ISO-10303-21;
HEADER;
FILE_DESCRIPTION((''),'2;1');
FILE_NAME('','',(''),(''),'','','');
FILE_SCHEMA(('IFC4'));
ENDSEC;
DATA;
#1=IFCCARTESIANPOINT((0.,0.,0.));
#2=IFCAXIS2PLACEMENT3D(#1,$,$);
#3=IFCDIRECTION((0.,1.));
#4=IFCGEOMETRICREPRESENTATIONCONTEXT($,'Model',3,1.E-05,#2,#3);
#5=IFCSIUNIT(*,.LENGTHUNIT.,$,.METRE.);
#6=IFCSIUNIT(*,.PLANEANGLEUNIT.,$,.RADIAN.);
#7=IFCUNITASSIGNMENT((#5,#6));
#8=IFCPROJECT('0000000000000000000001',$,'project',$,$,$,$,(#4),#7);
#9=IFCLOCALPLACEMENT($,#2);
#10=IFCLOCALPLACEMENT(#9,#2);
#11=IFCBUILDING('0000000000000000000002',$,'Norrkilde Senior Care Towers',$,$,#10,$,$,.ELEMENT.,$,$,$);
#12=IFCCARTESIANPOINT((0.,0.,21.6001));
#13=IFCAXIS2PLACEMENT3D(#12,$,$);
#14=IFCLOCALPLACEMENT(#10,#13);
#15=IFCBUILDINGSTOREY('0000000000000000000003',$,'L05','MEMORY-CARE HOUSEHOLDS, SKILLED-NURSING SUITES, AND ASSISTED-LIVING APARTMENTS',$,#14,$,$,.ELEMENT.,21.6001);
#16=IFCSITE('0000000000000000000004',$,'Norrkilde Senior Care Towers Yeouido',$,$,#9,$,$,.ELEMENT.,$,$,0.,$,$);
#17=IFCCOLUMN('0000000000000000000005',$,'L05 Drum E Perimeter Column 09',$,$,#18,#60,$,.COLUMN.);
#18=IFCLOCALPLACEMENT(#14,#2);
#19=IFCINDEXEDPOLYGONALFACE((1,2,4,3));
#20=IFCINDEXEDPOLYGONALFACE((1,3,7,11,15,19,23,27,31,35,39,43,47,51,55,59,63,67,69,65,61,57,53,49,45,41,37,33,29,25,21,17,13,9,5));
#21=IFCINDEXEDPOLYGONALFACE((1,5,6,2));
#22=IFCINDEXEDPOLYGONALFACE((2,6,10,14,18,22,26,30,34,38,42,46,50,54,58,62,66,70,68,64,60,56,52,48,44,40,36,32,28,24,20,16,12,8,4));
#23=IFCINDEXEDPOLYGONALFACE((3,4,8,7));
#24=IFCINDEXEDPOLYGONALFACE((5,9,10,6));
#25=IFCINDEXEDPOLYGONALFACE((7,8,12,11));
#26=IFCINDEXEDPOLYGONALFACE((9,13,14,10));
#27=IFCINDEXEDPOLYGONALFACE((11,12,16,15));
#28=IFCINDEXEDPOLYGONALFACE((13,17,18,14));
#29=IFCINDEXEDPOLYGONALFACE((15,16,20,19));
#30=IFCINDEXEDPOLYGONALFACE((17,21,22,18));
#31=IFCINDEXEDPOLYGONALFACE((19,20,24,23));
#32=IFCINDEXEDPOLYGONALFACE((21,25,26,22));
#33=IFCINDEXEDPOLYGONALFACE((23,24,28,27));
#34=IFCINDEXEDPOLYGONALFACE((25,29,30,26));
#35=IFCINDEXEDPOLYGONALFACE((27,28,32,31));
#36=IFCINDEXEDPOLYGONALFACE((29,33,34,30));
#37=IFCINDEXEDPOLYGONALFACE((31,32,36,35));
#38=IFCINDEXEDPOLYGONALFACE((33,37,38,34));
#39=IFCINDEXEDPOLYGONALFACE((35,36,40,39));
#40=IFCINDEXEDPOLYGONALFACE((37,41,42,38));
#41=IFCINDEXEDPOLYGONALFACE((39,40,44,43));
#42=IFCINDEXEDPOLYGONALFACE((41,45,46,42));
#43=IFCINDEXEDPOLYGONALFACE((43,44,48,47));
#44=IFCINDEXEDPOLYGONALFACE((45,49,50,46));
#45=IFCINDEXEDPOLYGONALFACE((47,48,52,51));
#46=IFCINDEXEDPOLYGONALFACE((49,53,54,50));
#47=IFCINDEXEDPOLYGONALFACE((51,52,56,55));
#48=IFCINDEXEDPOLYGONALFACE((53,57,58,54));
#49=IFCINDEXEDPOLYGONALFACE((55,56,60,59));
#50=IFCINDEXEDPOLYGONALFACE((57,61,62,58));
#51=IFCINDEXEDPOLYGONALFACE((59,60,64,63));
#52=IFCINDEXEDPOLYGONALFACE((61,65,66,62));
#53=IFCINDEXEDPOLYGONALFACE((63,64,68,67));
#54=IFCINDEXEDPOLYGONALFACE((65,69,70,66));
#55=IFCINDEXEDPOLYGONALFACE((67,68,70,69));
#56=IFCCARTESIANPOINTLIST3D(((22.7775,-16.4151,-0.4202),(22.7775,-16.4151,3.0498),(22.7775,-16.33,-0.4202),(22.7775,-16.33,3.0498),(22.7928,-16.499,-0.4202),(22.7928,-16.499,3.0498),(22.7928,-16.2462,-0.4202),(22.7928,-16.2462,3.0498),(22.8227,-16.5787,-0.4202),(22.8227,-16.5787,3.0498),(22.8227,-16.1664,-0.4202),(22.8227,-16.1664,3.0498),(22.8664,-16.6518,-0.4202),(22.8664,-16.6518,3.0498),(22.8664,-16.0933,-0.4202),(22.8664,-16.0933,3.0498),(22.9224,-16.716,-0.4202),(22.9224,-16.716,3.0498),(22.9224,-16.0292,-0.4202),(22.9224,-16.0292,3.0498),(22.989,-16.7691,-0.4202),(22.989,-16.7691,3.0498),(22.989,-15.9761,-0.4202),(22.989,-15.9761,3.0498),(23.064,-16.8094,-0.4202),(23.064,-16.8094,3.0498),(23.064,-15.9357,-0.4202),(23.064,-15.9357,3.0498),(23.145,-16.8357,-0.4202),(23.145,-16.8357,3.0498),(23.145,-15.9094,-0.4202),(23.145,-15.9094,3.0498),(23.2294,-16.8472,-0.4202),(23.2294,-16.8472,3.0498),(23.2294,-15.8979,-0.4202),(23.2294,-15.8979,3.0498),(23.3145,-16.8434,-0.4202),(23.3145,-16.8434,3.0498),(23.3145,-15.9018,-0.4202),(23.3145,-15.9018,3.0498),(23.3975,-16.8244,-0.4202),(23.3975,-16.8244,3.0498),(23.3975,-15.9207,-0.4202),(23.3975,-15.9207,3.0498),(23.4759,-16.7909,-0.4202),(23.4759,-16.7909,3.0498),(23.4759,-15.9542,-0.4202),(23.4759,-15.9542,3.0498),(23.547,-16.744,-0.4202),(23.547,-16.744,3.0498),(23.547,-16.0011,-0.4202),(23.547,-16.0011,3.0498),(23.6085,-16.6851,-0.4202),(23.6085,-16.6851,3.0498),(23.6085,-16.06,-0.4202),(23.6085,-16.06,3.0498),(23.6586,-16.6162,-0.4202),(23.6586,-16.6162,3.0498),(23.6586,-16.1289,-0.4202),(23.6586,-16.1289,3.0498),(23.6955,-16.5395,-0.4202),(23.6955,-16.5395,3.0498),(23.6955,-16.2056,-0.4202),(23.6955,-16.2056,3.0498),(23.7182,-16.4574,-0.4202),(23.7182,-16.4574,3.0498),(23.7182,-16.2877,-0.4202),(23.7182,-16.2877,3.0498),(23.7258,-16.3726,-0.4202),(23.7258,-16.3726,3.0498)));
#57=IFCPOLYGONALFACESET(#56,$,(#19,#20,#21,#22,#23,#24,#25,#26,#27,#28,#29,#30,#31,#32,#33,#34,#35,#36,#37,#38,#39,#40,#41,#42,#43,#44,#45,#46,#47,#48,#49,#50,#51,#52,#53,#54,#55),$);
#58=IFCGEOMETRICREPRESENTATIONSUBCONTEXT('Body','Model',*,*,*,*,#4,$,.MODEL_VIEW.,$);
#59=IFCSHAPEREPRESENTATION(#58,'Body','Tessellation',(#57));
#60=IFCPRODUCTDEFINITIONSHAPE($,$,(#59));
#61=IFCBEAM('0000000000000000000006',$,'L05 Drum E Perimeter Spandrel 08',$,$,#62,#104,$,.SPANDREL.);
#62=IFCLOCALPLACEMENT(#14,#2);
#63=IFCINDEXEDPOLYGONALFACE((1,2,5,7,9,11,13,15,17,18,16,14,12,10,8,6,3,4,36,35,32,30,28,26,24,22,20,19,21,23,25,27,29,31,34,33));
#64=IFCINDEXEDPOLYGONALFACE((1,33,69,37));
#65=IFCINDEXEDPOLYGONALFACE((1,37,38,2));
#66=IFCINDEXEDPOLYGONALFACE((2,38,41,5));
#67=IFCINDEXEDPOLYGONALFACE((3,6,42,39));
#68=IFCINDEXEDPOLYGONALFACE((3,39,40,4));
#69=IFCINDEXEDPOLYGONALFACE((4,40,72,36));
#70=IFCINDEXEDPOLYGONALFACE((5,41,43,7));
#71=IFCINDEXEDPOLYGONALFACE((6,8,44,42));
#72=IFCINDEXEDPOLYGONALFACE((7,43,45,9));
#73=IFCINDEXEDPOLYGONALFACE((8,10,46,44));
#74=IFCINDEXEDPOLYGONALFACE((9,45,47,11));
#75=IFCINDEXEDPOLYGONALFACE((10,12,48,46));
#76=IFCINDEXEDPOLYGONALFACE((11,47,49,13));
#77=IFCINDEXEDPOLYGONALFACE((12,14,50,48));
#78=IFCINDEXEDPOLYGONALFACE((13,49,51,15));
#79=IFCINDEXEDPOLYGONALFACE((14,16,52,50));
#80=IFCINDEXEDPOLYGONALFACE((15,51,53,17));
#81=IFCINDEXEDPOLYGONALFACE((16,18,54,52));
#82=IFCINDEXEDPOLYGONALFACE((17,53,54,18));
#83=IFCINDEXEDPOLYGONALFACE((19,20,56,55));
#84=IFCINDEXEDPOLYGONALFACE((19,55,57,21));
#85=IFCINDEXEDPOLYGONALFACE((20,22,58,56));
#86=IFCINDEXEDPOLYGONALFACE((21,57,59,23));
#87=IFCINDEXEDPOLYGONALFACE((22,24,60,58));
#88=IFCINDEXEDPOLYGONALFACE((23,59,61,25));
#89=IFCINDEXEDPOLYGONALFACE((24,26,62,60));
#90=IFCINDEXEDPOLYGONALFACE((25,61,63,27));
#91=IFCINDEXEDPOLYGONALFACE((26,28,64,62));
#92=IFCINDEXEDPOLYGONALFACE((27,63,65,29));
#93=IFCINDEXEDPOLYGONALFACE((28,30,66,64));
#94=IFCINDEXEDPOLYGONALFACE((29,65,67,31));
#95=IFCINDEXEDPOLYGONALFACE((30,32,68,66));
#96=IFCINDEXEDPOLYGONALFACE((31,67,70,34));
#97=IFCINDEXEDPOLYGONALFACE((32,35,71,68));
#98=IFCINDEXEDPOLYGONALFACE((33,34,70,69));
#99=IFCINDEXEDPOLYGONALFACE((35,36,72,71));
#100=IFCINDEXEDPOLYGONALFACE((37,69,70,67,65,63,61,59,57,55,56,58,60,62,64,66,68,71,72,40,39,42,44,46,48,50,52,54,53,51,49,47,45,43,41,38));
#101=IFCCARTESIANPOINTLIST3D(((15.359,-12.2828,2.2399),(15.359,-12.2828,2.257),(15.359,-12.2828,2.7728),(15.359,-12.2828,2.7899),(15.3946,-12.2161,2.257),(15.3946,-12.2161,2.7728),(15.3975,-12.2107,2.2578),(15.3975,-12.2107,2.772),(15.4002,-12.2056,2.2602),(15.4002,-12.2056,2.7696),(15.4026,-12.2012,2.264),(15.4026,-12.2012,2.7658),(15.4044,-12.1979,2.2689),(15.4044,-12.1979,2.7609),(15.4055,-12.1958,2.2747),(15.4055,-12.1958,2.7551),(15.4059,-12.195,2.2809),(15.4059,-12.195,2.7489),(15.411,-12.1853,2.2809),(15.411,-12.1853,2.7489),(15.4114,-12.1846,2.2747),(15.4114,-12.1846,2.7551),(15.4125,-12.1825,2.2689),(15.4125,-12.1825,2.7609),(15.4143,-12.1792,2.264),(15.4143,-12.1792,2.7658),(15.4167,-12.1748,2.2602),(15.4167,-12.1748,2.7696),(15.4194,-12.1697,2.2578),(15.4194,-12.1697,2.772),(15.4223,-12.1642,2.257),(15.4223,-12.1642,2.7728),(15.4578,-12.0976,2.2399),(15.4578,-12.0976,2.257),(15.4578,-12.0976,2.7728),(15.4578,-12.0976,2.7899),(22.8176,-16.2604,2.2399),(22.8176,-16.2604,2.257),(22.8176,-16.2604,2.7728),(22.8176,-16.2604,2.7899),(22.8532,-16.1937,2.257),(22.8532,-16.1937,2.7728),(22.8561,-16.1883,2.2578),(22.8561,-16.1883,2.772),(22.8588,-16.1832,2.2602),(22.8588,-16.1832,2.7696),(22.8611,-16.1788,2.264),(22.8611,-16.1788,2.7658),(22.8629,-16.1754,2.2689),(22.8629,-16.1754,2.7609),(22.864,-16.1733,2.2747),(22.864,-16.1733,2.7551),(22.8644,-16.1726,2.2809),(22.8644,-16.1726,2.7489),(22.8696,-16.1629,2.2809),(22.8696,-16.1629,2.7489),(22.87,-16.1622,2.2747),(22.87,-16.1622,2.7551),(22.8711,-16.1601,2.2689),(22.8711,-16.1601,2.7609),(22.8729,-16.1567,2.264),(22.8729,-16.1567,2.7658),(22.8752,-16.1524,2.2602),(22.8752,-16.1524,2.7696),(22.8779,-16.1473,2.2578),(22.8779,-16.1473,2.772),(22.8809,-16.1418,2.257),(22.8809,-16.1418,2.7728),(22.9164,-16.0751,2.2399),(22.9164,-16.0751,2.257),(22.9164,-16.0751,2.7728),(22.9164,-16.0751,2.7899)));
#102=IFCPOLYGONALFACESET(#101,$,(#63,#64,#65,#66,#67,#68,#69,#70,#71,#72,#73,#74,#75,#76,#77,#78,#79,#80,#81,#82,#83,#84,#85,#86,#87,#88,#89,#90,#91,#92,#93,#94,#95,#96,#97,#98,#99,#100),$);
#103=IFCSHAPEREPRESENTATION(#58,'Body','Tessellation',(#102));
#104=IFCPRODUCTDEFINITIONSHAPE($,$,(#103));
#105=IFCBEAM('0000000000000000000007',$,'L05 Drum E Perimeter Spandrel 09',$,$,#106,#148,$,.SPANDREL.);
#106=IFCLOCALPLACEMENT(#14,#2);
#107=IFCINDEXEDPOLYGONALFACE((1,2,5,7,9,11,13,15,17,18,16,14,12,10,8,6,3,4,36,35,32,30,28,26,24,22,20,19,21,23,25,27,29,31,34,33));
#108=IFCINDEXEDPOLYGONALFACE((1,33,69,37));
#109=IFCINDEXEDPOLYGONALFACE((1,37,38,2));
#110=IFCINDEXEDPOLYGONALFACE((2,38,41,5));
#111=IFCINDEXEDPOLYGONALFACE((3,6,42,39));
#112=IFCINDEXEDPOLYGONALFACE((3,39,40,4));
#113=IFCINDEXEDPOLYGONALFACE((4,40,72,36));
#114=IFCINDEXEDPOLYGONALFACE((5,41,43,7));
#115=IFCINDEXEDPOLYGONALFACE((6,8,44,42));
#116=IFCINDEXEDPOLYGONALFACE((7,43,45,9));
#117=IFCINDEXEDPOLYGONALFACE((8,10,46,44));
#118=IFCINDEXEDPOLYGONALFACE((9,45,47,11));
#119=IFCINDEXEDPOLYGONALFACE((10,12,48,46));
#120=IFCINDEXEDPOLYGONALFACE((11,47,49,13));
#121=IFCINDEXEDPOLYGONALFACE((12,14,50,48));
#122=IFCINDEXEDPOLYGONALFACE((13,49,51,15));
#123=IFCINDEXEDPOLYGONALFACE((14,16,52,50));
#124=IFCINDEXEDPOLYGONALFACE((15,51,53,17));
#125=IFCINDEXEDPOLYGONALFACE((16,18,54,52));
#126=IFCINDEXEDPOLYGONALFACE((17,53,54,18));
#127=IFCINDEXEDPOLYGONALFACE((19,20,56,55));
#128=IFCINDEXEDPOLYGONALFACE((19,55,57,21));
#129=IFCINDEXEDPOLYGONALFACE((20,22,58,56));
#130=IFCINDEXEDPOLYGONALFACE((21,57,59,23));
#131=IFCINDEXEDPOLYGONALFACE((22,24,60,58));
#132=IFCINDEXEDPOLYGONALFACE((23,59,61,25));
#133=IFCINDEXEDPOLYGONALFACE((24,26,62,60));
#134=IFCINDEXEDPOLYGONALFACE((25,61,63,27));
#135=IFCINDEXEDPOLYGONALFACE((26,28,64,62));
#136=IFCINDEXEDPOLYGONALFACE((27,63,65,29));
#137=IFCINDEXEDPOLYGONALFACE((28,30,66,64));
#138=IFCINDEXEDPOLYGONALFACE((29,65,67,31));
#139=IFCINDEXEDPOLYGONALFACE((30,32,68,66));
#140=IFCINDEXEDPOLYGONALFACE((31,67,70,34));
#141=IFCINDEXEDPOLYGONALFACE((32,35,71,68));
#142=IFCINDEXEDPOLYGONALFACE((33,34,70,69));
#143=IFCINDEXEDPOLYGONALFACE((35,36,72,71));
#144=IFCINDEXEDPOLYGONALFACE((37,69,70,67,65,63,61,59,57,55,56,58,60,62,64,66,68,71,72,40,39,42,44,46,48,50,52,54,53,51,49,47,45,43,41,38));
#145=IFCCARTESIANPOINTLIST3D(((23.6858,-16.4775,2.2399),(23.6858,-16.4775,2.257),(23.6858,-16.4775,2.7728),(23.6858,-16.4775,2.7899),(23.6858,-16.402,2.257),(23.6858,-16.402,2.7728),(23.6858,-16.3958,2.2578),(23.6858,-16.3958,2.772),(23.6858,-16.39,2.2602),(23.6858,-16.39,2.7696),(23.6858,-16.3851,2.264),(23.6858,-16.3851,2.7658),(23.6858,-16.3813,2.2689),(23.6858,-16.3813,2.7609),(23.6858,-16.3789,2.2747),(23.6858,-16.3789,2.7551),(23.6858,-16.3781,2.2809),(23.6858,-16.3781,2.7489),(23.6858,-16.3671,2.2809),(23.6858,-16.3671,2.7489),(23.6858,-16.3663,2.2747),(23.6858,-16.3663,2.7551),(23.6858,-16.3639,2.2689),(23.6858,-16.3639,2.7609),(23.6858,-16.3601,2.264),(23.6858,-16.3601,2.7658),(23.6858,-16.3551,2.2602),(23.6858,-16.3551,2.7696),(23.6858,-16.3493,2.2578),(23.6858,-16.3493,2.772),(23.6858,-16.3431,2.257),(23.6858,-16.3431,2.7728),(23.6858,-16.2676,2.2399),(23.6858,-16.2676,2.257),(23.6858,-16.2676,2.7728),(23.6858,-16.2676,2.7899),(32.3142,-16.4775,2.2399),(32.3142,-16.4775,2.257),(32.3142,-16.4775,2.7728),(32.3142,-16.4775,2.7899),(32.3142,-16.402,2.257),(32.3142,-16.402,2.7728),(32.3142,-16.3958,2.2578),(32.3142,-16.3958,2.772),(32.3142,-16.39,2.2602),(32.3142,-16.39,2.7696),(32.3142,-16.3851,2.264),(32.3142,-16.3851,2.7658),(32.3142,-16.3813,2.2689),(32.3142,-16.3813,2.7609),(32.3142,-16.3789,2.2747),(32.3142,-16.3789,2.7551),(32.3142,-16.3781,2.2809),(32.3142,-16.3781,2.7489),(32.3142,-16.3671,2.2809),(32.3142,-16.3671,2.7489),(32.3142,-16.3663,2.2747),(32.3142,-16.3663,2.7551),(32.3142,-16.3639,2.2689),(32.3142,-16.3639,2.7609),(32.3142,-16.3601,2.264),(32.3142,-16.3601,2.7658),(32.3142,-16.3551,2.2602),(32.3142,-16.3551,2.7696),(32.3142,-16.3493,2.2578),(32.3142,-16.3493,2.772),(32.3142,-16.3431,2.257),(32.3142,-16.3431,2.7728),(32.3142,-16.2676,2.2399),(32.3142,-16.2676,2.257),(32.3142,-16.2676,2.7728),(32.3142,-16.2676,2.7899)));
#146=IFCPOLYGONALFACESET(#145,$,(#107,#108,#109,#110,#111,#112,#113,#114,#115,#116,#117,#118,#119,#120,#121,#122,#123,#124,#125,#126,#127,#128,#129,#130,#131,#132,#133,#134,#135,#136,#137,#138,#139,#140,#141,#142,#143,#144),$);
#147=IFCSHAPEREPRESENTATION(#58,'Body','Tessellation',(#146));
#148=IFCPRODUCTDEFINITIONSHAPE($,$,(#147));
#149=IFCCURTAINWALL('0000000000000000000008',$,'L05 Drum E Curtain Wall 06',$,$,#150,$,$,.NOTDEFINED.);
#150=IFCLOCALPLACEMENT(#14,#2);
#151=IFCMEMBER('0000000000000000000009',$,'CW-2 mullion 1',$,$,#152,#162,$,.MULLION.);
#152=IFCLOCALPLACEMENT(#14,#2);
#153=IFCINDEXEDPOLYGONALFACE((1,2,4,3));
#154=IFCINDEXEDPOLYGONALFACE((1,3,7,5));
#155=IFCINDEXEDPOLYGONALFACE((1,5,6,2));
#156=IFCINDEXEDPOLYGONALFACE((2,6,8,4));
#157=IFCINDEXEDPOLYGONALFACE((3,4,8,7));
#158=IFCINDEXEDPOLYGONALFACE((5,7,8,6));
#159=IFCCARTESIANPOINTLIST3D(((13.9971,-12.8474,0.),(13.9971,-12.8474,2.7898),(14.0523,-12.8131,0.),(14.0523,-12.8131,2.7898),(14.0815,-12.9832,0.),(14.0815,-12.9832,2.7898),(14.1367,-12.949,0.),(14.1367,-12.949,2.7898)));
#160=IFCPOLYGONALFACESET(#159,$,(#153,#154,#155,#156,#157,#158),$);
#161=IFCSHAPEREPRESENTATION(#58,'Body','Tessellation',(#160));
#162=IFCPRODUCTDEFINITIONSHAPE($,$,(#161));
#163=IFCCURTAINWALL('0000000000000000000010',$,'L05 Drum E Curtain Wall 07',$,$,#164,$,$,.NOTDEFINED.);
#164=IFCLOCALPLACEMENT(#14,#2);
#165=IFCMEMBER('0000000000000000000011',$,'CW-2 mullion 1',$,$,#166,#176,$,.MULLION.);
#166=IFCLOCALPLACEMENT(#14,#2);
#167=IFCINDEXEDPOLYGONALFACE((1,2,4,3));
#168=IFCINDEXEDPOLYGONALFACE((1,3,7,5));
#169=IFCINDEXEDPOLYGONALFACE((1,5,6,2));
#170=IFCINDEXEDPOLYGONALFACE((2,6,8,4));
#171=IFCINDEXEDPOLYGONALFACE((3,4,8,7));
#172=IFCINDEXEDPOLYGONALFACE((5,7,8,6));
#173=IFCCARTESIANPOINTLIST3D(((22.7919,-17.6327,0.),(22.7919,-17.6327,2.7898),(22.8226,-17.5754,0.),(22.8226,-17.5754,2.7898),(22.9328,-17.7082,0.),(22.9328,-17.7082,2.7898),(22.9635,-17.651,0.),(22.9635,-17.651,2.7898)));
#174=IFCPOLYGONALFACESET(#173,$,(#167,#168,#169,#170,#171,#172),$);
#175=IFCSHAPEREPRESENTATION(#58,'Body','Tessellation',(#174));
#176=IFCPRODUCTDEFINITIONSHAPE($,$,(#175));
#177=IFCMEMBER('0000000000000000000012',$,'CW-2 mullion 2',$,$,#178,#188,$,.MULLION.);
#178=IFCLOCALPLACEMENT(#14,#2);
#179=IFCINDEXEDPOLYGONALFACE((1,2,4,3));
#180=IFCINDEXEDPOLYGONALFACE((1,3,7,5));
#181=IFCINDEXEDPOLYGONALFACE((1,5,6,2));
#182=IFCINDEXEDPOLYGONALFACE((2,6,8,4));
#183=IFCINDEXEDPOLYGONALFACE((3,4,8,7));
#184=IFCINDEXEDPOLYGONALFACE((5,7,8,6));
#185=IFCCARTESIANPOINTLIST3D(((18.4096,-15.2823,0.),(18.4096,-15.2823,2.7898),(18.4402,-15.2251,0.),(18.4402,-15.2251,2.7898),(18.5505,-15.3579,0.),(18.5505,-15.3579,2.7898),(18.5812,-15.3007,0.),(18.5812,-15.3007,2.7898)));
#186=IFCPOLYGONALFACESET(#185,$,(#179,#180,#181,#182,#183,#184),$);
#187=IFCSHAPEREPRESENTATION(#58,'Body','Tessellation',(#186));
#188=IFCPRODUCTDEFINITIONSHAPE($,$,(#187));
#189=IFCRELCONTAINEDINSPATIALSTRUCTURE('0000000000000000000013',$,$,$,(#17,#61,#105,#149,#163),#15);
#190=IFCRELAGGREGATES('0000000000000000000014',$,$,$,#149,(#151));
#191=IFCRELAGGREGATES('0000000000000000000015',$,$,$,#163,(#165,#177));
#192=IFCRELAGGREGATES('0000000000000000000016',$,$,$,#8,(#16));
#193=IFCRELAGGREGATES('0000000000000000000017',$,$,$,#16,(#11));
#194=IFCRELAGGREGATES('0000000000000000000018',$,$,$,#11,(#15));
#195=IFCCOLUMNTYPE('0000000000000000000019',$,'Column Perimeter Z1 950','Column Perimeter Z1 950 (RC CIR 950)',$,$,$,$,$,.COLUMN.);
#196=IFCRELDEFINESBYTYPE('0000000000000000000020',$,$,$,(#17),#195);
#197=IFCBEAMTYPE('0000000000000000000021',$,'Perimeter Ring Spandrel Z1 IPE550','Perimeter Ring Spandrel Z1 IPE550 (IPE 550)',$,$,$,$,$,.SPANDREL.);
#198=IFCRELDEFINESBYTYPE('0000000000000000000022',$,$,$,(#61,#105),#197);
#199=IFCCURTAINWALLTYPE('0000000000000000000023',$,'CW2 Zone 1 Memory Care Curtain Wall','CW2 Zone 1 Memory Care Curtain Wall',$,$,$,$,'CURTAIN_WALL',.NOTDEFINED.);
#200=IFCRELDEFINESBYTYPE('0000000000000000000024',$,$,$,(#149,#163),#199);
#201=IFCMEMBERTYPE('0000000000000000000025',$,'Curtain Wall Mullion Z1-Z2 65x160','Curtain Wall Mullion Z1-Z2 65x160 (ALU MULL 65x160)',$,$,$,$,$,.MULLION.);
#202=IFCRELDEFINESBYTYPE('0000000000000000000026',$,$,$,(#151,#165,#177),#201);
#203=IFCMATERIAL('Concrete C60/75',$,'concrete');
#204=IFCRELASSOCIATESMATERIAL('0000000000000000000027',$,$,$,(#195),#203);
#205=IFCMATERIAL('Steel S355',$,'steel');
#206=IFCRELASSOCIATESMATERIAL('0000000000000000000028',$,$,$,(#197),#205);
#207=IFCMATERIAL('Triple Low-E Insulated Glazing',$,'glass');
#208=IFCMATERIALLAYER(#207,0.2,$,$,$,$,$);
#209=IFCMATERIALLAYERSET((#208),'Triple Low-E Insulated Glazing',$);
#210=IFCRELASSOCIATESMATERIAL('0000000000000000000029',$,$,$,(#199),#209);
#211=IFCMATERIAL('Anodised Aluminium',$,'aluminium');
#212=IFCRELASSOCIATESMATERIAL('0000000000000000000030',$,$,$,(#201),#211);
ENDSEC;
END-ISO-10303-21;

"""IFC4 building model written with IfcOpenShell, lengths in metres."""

from ifc_helpers import new_model, si_unit, direction, frame, origin, origin_2d, place, context, subcontext, project, spatial, rectangle, circle, i_section, extrude, source, transform, mapped, material, layer, layer_set, material_profile, profile_set, type_object, type_shapes, element, aggregate, save


model = new_model("IFC4")

# Units and contexts
model_context = context("Model", 3, precision=1e-05, world=origin(), true_north=direction((0.0, 1.0)))
body_context = subcontext(model_context, "Body", "Model", "MODEL_VIEW")
ifc_project = project(units=[si_unit("LENGTHUNIT", "METRE"), si_unit("PLANEANGLEUNIT", "RADIAN")], contexts=[model_context])

# Site, building, storey
site_placement = place(None, origin())
site = spatial("IfcSite", under=ifc_project, at=site_placement, Name="Norrkilde Senior Care Towers Yeouido", CompositionType="ELEMENT", RefElevation=0.0)
building_placement = place(site_placement, origin())
building = spatial("IfcBuilding", under=site, at=building_placement, Name="Norrkilde Senior Care Towers", CompositionType="ELEMENT")
storey_placement = place(building_placement, frame((0.0, 0.0, 21.6001)))
storey = spatial("IfcBuildingStorey", under=building, at=storey_placement, Name="L05", Description="MEMORY-CARE HOUSEHOLDS, SKILLED-NURSING SUITES, AND ASSISTED-LIVING APARTMENTS", CompositionType="ELEMENT", Elevation=21.6001)

# Column
ifc_material_1 = material(Name="Concrete C60/75", Category="concrete")
ifc_material_profile_1 = material_profile(ifc_material_1, circle(Radius=0.4751, at=origin_2d()), Name="RC CIR 950")
ifc_profile_set_1 = profile_set([ifc_material_profile_1], Name="Concrete C60/75")
column_type = type_object("IfcColumnType", Name="Column Perimeter Z1 950", Description="Column Perimeter Z1 950 (RC CIR 950)", PredefinedType="COLUMN", material=ifc_profile_set_1)
shared_shape_1 = source(origin(), body_context, "Body", "SweptSolid", [
    extrude(circle(Radius=0.4751, at=origin_2d()), origin(), (0.0, 0.0, 1.0), 3.47),
])
type_shapes(column_type, [shared_shape_1])
column_placement = place(storey_placement, frame((23.2507, -16.3726, -0.4202), z_axis=(0.0, 0.0, 1.0), x_axis=(1.0, 0.0, 0.0)))
element("IfcColumn", 1, at=column_placement, inside=storey, type_object=column_type, Name="L05 Drum E Perimeter Column 09", PredefinedType="COLUMN", context=body_context, shape_type="MappedRepresentation", body=[
    mapped(shared_shape_1, transform((0.0, 0.0, 0.0), x_axis=(1.0, 0.0, 0.0), y_axis=(0.0, 1.0, 0.0), z_axis=(0.0, 0.0, 1.0), scale=1.0)),
])

# Beams
ifc_material_2 = material(Name="Steel S355", Category="steel")
ifc_material_profile_2 = material_profile(ifc_material_2, i_section(OverallWidth=0.21, OverallDepth=0.55, WebThickness=0.011, FlangeThickness=0.0171, FilletRadius=0.0239, at=origin_2d()), Name="IPE 550")
ifc_profile_set_2 = profile_set([ifc_material_profile_2], Name="Steel S355")
beam_type = type_object("IfcBeamType", Name="Perimeter Ring Spandrel Z1 IPE550", Description="Perimeter Ring Spandrel Z1 IPE550 (IPE 550)", PredefinedType="SPANDREL", material=ifc_profile_set_2)
shared_shape_2 = source(origin(), body_context, "Body", "SweptSolid", [
    extrude(i_section(OverallWidth=0.21, OverallDepth=0.55, WebThickness=0.011, FlangeThickness=0.0171, FilletRadius=0.0239, at=origin_2d()), origin(), (0.0, 0.0, 1.0), 8.4529),
])
beam_1_placement = place(storey_placement, frame((15.4084, -12.1902, 2.5149), z_axis=(0.882369, -0.470558, 0.0), x_axis=(0.470558, 0.882369, 0.0)))
element("IfcBeam", 2, at=beam_1_placement, inside=storey, type_object=beam_type, Name="L05 Drum E Perimeter Spandrel 08", PredefinedType="SPANDREL", context=body_context, shape_type="MappedRepresentation", body=[
    mapped(shared_shape_2, transform((0.0, 0.0, 0.0), x_axis=(1.0, 0.0, 0.0), y_axis=(0.0, 1.0, 0.0), z_axis=(0.0, 0.0, 1.0), scale=1.0)),
])
shared_shape_3 = source(origin(), body_context, "Body", "SweptSolid", [
    extrude(i_section(OverallWidth=0.21, OverallDepth=0.55, WebThickness=0.011, FlangeThickness=0.0171, FilletRadius=0.0239, at=origin_2d()), origin(), (0.0, 0.0, 1.0), 8.6284),
])
type_shapes(beam_type, [shared_shape_2, shared_shape_3])
beam_2_placement = place(storey_placement, frame((23.6858, -16.3726, 2.5149), z_axis=(1.0, 0.0, 0.0), x_axis=(0.0, 1.0, 0.0)))
element("IfcBeam", 3, at=beam_2_placement, inside=storey, type_object=beam_type, Name="L05 Drum E Perimeter Spandrel 09", PredefinedType="SPANDREL", context=body_context, shape_type="MappedRepresentation", body=[
    mapped(shared_shape_3, transform((0.0, 0.0, 0.0), x_axis=(1.0, 0.0, 0.0), y_axis=(0.0, 1.0, 0.0), z_axis=(0.0, 0.0, 1.0), scale=1.0)),
])

# Curtain wall, member
ifc_material_3 = material(Name="Triple Low-E Insulated Glazing", Category="glass")
ifc_layer_1 = layer(ifc_material_3, 0.2)
ifc_layer_set_1 = layer_set([ifc_layer_1], Name="Triple Low-E Insulated Glazing")
curtain_wall_type = type_object("IfcCurtainWallType", Name="CW2 Zone 1 Memory Care Curtain Wall", Description="CW2 Zone 1 Memory Care Curtain Wall", ElementType="CURTAIN_WALL", PredefinedType="NOTDEFINED", material=ifc_layer_set_1)
curtain_wall_1_placement = place(storey_placement, origin())
curtain_wall_1 = element("IfcCurtainWall", 4, at=curtain_wall_1_placement, inside=storey, type_object=curtain_wall_type, Name="L05 Drum E Curtain Wall 06", PredefinedType="NOTDEFINED")
ifc_material_4 = material(Name="Anodised Aluminium", Category="aluminium")
ifc_material_profile_3 = material_profile(ifc_material_4, rectangle(XDim=0.0649, YDim=0.1599, at=origin_2d()), Name="ALU MULL 65x160")
ifc_profile_set_3 = profile_set([ifc_material_profile_3], Name="Anodised Aluminium")
member_type_1 = type_object("IfcMemberType", Name="Curtain Wall Mullion Z1-Z2 65x160", Description="Curtain Wall Mullion Z1-Z2 65x160 (ALU MULL 65x160)", PredefinedType="MULLION", material=ifc_profile_set_3)
shared_shape_4 = source(origin(), body_context, "Body", "SweptSolid", [
    extrude(rectangle(XDim=0.0649, YDim=0.1599, at=origin_2d()), origin(), (0.0, 0.0, 1.0), 2.7898),
])
type_shapes(member_type_1, [shared_shape_4])
member_1_placement = place(storey_placement, frame((14.0669, -12.8982, 0.0), z_axis=(0.0, 0.0, 1.0), x_axis=(-0.849306, -0.527901, 0.0)))
member_1 = element("IfcMember", 5, at=member_1_placement, type_object=member_type_1, Name="CW-2 mullion 1", PredefinedType="MULLION", context=body_context, shape_type="MappedRepresentation", body=[
    mapped(shared_shape_4, transform((0.0, 0.0, 0.0), x_axis=(1.0, 0.0, 0.0), y_axis=(0.0, 1.0, 0.0), z_axis=(0.0, 0.0, 1.0), scale=1.0)),
])

# Curtain wall, members
curtain_wall_2_placement = place(storey_placement, origin())
curtain_wall_2 = element("IfcCurtainWall", 6, at=curtain_wall_2_placement, inside=storey, type_object=curtain_wall_type, Name="L05 Drum E Curtain Wall 07", PredefinedType="NOTDEFINED")
member_2_placement = place(storey_placement, frame((22.8777, -17.6418, 0.0), z_axis=(0.0, 0.0, 1.0), x_axis=(-0.472608, -0.881273, 0.0)))
member_2 = element("IfcMember", 7, at=member_2_placement, type_object=member_type_1, Name="CW-2 mullion 1", PredefinedType="MULLION", context=body_context, shape_type="MappedRepresentation", body=[
    mapped(shared_shape_4, transform((0.0, 0.0, 0.0), x_axis=(1.0, 0.0, 0.0), y_axis=(0.0, 1.0, 0.0), z_axis=(0.0, 0.0, 1.0), scale=1.0)),
])
member_3_placement = place(storey_placement, frame((18.4954, -15.2915, 0.0), z_axis=(0.0, 0.0, 1.0), x_axis=(-0.472608, -0.881273, 0.0)))
member_3 = element("IfcMember", 8, at=member_3_placement, type_object=member_type_1, Name="CW-2 mullion 2", PredefinedType="MULLION", context=body_context, shape_type="MappedRepresentation", body=[
    mapped(shared_shape_4, transform((0.0, 0.0, 0.0), x_axis=(1.0, 0.0, 0.0), y_axis=(0.0, 1.0, 0.0), z_axis=(0.0, 0.0, 1.0), scale=1.0)),
])

aggregate(curtain_wall_1, [member_1])

aggregate(curtain_wall_2, [member_2, member_3])

save(model, "model.ifc")
